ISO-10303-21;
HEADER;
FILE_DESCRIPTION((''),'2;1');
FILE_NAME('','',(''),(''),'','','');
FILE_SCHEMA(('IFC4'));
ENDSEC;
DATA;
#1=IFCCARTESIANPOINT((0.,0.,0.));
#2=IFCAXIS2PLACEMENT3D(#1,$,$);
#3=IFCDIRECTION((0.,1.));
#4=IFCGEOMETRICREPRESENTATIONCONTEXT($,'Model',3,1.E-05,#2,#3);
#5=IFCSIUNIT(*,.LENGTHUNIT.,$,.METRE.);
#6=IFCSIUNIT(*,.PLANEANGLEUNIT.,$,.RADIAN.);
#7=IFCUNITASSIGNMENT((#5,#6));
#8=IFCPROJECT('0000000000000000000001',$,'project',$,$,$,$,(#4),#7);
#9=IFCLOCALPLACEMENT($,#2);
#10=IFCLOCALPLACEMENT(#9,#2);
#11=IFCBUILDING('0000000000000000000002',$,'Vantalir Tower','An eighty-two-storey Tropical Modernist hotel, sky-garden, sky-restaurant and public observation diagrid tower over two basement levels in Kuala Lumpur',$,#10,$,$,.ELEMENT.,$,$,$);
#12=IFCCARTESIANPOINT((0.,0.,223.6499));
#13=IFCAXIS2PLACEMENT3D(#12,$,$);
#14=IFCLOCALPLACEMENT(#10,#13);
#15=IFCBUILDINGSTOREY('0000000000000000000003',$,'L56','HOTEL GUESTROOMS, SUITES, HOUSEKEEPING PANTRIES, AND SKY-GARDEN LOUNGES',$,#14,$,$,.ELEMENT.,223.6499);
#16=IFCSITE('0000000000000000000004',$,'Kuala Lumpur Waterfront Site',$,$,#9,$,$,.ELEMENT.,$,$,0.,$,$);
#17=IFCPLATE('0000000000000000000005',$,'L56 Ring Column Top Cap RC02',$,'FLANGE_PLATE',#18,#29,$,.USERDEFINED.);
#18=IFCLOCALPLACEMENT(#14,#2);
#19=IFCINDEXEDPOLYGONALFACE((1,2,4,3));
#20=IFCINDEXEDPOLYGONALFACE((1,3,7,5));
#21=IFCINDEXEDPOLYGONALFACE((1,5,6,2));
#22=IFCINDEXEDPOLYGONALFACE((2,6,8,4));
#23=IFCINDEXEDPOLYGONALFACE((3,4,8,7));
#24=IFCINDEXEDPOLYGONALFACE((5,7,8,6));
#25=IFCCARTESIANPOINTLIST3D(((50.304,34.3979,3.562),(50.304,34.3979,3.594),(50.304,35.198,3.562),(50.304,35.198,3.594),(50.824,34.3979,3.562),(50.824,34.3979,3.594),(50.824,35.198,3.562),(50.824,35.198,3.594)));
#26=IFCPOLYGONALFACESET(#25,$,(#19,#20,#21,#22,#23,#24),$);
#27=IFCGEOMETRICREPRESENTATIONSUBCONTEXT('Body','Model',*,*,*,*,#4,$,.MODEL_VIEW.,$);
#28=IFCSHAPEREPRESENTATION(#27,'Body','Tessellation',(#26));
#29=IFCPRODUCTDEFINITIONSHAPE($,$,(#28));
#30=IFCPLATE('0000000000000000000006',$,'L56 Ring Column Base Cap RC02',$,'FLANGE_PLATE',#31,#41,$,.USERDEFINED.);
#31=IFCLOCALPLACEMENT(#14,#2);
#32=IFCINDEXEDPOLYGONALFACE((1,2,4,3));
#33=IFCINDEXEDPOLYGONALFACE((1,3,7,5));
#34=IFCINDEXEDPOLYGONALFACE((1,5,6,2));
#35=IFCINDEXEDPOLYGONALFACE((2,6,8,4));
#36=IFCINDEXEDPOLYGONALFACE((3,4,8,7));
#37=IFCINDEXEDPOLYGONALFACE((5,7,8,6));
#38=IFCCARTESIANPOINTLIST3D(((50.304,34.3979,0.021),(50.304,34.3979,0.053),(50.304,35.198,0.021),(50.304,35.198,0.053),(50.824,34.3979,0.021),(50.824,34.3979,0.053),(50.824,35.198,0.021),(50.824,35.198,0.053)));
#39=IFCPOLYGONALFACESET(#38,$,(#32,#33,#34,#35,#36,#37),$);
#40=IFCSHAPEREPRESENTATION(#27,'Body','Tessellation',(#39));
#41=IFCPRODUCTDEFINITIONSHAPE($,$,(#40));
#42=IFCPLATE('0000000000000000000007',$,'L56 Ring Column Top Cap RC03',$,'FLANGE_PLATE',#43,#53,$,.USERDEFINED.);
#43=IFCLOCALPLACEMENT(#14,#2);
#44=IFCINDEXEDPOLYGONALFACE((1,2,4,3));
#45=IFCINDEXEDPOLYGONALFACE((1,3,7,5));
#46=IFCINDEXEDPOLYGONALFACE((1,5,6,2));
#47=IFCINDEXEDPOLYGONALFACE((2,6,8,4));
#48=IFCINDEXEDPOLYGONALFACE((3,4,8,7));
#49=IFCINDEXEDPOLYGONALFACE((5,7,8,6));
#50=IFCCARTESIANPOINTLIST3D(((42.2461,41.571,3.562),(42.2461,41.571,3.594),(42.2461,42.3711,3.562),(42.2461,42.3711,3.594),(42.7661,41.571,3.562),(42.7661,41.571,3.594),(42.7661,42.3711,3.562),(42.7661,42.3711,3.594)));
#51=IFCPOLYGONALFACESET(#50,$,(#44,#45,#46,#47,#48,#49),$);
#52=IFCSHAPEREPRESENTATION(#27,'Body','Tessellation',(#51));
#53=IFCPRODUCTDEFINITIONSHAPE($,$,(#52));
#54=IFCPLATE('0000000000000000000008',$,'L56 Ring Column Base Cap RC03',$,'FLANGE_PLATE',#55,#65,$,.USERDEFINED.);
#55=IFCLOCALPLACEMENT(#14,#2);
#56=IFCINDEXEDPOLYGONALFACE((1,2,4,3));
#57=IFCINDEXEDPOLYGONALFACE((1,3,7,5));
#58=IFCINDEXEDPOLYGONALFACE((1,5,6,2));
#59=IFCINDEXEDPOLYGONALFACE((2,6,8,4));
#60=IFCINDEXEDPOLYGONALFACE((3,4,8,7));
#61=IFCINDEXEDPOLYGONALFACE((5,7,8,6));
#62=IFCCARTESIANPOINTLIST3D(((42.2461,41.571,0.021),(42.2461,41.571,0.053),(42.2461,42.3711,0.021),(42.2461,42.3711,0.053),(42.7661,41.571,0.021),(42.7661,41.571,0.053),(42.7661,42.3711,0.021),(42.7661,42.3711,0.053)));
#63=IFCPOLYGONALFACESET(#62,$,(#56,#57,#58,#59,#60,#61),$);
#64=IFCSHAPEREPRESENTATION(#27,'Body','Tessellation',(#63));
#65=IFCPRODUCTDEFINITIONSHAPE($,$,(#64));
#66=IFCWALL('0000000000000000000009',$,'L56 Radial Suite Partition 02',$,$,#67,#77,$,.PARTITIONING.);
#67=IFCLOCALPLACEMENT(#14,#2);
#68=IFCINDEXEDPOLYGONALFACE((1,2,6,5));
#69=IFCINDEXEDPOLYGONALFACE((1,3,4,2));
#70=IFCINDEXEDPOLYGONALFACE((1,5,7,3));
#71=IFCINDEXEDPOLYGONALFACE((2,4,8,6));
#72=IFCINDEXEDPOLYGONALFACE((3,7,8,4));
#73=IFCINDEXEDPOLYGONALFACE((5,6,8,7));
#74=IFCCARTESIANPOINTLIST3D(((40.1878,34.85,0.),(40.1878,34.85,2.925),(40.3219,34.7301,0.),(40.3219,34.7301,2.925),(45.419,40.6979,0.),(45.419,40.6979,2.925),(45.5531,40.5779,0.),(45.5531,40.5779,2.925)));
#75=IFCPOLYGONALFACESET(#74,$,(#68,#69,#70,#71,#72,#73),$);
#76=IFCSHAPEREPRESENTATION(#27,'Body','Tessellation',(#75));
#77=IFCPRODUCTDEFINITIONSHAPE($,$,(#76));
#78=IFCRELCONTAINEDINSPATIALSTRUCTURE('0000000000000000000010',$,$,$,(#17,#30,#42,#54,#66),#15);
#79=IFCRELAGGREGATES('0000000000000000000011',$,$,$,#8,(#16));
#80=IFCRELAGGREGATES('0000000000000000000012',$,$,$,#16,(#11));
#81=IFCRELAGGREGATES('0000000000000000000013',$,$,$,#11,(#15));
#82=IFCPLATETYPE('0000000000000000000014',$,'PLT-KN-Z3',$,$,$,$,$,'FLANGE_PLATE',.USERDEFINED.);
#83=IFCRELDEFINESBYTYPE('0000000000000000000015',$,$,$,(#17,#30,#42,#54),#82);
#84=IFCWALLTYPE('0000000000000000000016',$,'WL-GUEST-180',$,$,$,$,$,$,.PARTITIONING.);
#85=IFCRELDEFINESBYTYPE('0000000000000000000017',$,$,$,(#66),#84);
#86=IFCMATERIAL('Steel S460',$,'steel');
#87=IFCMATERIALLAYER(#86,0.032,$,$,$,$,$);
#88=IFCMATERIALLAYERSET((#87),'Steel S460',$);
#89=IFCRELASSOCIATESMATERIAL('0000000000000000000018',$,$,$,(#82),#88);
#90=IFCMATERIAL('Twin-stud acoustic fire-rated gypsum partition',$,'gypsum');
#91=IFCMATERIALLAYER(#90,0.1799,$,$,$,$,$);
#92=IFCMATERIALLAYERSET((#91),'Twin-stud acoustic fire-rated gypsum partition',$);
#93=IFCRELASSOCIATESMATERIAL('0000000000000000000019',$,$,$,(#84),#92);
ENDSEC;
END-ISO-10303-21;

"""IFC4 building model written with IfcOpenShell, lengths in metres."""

from ifc_helpers import new_model, si_unit, direction, frame, frame_2d, origin, place, context, subcontext, project, spatial, polyline, rectangle, outline, extrude, material, layer, layer_set, type_object, element, save


model = new_model("IFC4")

# Units and contexts
model_context = context("Model", 3, precision=1e-05, world=origin(), true_north=direction((0.0, 1.0)))
body_context = subcontext(model_context, "Body", "Model", "MODEL_VIEW")
ifc_project = project(units=[si_unit("LENGTHUNIT", "METRE"), si_unit("PLANEANGLEUNIT", "RADIAN")], contexts=[model_context])

# Site, building, storey
site_placement = place(None, origin())
site = spatial("IfcSite", under=ifc_project, at=site_placement, Name="Kuala Lumpur Waterfront Site", CompositionType="ELEMENT", RefElevation=0.0)
building_placement = place(site_placement, origin())
building = spatial("IfcBuilding", under=site, at=building_placement, Name="Vantalir Tower", Description="An eighty-two-storey Tropical Modernist hotel, sky-garden, sky-restaurant and public observation diagrid tower over two basement levels in Kuala Lumpur", CompositionType="ELEMENT")
storey_placement = place(building_placement, frame((0.0, 0.0, 223.6499)))
storey = spatial("IfcBuildingStorey", under=building, at=storey_placement, Name="L56", Description="HOTEL GUESTROOMS, SUITES, HOUSEKEEPING PANTRIES, AND SKY-GARDEN LOUNGES", CompositionType="ELEMENT", Elevation=223.6499)

# Shared definitions
ifc_material_1 = material(Name="Steel S460", Category="steel")

# Plates
ifc_layer_1 = layer(ifc_material_1, 0.032)
ifc_layer_set_1 = layer_set([ifc_layer_1], Name="Steel S460")
plate_type_1 = type_object("IfcPlateType", Name="PLT-KN-Z3", ElementType="FLANGE_PLATE", PredefinedType="USERDEFINED", material=ifc_layer_set_1)
for number, where, z_axis, x_axis, name in (
    (1, (50.304, 35.198, 3.594), (0.0, 0.0, 1.0), (0.0, -1.0, 0.0), "L56 Ring Column Top Cap RC02"),
    (2, (50.304, 35.198, 0.053), (0.0, 0.0, 1.0), (0.0, -1.0, 0.0), "L56 Ring Column Base Cap RC02"),
    (3, (42.2461, 42.3711, 3.594), (0.0, 0.0, 1.0), (0.0, -1.0, 0.0), "L56 Ring Column Top Cap RC03"),
    (4, (42.2461, 42.3711, 0.053), (0.0, 0.0, 1.0), (0.0, -1.0, 0.0), "L56 Ring Column Base Cap RC03"),
):
    element("IfcPlate", number, at=place(storey_placement, frame(where, z_axis=z_axis, x_axis=x_axis)), inside=storey, type_object=plate_type_1, Name=name, ObjectType="FLANGE_PLATE", PredefinedType="USERDEFINED", context=body_context, shape_type="SweptSolid", body=[
        extrude(outline(polyline([(0.0, 0.0), (0.8, 0.0), (0.8, 0.52), (0.0, 0.52), (0.0, 0.0)])), origin(), (0.0, 0.0, -1.0), 0.032),
    ])

# Wall
ifc_material_2 = material(Name="Twin-stud acoustic fire-rated gypsum partition", Category="gypsum")
ifc_layer_2 = layer(ifc_material_2, 0.1799)
ifc_layer_set_2 = layer_set([ifc_layer_2], Name="Twin-stud acoustic fire-rated gypsum partition")
wall_type = type_object("IfcWallType", Name="WL-GUEST-180", PredefinedType="PARTITIONING", material=ifc_layer_set_2)
wall_placement = place(storey_placement, frame((40.2549, 34.79, 0.0), z_axis=(0.0, 0.0, 1.0), x_axis=(0.666715, 0.745313, 0.0)))
element("IfcWall", 5, at=wall_placement, inside=storey, type_object=wall_type, Name="L56 Radial Suite Partition 02", PredefinedType="PARTITIONING", context=body_context, shape_type="SweptSolid", body=[
    extrude(rectangle(XDim=7.8462, YDim=0.1799, at=frame_2d((3.9231, 0.0))), origin(), (0.0, 0.0, 1.0), 2.925),
])

save(model, "model.ifc")
